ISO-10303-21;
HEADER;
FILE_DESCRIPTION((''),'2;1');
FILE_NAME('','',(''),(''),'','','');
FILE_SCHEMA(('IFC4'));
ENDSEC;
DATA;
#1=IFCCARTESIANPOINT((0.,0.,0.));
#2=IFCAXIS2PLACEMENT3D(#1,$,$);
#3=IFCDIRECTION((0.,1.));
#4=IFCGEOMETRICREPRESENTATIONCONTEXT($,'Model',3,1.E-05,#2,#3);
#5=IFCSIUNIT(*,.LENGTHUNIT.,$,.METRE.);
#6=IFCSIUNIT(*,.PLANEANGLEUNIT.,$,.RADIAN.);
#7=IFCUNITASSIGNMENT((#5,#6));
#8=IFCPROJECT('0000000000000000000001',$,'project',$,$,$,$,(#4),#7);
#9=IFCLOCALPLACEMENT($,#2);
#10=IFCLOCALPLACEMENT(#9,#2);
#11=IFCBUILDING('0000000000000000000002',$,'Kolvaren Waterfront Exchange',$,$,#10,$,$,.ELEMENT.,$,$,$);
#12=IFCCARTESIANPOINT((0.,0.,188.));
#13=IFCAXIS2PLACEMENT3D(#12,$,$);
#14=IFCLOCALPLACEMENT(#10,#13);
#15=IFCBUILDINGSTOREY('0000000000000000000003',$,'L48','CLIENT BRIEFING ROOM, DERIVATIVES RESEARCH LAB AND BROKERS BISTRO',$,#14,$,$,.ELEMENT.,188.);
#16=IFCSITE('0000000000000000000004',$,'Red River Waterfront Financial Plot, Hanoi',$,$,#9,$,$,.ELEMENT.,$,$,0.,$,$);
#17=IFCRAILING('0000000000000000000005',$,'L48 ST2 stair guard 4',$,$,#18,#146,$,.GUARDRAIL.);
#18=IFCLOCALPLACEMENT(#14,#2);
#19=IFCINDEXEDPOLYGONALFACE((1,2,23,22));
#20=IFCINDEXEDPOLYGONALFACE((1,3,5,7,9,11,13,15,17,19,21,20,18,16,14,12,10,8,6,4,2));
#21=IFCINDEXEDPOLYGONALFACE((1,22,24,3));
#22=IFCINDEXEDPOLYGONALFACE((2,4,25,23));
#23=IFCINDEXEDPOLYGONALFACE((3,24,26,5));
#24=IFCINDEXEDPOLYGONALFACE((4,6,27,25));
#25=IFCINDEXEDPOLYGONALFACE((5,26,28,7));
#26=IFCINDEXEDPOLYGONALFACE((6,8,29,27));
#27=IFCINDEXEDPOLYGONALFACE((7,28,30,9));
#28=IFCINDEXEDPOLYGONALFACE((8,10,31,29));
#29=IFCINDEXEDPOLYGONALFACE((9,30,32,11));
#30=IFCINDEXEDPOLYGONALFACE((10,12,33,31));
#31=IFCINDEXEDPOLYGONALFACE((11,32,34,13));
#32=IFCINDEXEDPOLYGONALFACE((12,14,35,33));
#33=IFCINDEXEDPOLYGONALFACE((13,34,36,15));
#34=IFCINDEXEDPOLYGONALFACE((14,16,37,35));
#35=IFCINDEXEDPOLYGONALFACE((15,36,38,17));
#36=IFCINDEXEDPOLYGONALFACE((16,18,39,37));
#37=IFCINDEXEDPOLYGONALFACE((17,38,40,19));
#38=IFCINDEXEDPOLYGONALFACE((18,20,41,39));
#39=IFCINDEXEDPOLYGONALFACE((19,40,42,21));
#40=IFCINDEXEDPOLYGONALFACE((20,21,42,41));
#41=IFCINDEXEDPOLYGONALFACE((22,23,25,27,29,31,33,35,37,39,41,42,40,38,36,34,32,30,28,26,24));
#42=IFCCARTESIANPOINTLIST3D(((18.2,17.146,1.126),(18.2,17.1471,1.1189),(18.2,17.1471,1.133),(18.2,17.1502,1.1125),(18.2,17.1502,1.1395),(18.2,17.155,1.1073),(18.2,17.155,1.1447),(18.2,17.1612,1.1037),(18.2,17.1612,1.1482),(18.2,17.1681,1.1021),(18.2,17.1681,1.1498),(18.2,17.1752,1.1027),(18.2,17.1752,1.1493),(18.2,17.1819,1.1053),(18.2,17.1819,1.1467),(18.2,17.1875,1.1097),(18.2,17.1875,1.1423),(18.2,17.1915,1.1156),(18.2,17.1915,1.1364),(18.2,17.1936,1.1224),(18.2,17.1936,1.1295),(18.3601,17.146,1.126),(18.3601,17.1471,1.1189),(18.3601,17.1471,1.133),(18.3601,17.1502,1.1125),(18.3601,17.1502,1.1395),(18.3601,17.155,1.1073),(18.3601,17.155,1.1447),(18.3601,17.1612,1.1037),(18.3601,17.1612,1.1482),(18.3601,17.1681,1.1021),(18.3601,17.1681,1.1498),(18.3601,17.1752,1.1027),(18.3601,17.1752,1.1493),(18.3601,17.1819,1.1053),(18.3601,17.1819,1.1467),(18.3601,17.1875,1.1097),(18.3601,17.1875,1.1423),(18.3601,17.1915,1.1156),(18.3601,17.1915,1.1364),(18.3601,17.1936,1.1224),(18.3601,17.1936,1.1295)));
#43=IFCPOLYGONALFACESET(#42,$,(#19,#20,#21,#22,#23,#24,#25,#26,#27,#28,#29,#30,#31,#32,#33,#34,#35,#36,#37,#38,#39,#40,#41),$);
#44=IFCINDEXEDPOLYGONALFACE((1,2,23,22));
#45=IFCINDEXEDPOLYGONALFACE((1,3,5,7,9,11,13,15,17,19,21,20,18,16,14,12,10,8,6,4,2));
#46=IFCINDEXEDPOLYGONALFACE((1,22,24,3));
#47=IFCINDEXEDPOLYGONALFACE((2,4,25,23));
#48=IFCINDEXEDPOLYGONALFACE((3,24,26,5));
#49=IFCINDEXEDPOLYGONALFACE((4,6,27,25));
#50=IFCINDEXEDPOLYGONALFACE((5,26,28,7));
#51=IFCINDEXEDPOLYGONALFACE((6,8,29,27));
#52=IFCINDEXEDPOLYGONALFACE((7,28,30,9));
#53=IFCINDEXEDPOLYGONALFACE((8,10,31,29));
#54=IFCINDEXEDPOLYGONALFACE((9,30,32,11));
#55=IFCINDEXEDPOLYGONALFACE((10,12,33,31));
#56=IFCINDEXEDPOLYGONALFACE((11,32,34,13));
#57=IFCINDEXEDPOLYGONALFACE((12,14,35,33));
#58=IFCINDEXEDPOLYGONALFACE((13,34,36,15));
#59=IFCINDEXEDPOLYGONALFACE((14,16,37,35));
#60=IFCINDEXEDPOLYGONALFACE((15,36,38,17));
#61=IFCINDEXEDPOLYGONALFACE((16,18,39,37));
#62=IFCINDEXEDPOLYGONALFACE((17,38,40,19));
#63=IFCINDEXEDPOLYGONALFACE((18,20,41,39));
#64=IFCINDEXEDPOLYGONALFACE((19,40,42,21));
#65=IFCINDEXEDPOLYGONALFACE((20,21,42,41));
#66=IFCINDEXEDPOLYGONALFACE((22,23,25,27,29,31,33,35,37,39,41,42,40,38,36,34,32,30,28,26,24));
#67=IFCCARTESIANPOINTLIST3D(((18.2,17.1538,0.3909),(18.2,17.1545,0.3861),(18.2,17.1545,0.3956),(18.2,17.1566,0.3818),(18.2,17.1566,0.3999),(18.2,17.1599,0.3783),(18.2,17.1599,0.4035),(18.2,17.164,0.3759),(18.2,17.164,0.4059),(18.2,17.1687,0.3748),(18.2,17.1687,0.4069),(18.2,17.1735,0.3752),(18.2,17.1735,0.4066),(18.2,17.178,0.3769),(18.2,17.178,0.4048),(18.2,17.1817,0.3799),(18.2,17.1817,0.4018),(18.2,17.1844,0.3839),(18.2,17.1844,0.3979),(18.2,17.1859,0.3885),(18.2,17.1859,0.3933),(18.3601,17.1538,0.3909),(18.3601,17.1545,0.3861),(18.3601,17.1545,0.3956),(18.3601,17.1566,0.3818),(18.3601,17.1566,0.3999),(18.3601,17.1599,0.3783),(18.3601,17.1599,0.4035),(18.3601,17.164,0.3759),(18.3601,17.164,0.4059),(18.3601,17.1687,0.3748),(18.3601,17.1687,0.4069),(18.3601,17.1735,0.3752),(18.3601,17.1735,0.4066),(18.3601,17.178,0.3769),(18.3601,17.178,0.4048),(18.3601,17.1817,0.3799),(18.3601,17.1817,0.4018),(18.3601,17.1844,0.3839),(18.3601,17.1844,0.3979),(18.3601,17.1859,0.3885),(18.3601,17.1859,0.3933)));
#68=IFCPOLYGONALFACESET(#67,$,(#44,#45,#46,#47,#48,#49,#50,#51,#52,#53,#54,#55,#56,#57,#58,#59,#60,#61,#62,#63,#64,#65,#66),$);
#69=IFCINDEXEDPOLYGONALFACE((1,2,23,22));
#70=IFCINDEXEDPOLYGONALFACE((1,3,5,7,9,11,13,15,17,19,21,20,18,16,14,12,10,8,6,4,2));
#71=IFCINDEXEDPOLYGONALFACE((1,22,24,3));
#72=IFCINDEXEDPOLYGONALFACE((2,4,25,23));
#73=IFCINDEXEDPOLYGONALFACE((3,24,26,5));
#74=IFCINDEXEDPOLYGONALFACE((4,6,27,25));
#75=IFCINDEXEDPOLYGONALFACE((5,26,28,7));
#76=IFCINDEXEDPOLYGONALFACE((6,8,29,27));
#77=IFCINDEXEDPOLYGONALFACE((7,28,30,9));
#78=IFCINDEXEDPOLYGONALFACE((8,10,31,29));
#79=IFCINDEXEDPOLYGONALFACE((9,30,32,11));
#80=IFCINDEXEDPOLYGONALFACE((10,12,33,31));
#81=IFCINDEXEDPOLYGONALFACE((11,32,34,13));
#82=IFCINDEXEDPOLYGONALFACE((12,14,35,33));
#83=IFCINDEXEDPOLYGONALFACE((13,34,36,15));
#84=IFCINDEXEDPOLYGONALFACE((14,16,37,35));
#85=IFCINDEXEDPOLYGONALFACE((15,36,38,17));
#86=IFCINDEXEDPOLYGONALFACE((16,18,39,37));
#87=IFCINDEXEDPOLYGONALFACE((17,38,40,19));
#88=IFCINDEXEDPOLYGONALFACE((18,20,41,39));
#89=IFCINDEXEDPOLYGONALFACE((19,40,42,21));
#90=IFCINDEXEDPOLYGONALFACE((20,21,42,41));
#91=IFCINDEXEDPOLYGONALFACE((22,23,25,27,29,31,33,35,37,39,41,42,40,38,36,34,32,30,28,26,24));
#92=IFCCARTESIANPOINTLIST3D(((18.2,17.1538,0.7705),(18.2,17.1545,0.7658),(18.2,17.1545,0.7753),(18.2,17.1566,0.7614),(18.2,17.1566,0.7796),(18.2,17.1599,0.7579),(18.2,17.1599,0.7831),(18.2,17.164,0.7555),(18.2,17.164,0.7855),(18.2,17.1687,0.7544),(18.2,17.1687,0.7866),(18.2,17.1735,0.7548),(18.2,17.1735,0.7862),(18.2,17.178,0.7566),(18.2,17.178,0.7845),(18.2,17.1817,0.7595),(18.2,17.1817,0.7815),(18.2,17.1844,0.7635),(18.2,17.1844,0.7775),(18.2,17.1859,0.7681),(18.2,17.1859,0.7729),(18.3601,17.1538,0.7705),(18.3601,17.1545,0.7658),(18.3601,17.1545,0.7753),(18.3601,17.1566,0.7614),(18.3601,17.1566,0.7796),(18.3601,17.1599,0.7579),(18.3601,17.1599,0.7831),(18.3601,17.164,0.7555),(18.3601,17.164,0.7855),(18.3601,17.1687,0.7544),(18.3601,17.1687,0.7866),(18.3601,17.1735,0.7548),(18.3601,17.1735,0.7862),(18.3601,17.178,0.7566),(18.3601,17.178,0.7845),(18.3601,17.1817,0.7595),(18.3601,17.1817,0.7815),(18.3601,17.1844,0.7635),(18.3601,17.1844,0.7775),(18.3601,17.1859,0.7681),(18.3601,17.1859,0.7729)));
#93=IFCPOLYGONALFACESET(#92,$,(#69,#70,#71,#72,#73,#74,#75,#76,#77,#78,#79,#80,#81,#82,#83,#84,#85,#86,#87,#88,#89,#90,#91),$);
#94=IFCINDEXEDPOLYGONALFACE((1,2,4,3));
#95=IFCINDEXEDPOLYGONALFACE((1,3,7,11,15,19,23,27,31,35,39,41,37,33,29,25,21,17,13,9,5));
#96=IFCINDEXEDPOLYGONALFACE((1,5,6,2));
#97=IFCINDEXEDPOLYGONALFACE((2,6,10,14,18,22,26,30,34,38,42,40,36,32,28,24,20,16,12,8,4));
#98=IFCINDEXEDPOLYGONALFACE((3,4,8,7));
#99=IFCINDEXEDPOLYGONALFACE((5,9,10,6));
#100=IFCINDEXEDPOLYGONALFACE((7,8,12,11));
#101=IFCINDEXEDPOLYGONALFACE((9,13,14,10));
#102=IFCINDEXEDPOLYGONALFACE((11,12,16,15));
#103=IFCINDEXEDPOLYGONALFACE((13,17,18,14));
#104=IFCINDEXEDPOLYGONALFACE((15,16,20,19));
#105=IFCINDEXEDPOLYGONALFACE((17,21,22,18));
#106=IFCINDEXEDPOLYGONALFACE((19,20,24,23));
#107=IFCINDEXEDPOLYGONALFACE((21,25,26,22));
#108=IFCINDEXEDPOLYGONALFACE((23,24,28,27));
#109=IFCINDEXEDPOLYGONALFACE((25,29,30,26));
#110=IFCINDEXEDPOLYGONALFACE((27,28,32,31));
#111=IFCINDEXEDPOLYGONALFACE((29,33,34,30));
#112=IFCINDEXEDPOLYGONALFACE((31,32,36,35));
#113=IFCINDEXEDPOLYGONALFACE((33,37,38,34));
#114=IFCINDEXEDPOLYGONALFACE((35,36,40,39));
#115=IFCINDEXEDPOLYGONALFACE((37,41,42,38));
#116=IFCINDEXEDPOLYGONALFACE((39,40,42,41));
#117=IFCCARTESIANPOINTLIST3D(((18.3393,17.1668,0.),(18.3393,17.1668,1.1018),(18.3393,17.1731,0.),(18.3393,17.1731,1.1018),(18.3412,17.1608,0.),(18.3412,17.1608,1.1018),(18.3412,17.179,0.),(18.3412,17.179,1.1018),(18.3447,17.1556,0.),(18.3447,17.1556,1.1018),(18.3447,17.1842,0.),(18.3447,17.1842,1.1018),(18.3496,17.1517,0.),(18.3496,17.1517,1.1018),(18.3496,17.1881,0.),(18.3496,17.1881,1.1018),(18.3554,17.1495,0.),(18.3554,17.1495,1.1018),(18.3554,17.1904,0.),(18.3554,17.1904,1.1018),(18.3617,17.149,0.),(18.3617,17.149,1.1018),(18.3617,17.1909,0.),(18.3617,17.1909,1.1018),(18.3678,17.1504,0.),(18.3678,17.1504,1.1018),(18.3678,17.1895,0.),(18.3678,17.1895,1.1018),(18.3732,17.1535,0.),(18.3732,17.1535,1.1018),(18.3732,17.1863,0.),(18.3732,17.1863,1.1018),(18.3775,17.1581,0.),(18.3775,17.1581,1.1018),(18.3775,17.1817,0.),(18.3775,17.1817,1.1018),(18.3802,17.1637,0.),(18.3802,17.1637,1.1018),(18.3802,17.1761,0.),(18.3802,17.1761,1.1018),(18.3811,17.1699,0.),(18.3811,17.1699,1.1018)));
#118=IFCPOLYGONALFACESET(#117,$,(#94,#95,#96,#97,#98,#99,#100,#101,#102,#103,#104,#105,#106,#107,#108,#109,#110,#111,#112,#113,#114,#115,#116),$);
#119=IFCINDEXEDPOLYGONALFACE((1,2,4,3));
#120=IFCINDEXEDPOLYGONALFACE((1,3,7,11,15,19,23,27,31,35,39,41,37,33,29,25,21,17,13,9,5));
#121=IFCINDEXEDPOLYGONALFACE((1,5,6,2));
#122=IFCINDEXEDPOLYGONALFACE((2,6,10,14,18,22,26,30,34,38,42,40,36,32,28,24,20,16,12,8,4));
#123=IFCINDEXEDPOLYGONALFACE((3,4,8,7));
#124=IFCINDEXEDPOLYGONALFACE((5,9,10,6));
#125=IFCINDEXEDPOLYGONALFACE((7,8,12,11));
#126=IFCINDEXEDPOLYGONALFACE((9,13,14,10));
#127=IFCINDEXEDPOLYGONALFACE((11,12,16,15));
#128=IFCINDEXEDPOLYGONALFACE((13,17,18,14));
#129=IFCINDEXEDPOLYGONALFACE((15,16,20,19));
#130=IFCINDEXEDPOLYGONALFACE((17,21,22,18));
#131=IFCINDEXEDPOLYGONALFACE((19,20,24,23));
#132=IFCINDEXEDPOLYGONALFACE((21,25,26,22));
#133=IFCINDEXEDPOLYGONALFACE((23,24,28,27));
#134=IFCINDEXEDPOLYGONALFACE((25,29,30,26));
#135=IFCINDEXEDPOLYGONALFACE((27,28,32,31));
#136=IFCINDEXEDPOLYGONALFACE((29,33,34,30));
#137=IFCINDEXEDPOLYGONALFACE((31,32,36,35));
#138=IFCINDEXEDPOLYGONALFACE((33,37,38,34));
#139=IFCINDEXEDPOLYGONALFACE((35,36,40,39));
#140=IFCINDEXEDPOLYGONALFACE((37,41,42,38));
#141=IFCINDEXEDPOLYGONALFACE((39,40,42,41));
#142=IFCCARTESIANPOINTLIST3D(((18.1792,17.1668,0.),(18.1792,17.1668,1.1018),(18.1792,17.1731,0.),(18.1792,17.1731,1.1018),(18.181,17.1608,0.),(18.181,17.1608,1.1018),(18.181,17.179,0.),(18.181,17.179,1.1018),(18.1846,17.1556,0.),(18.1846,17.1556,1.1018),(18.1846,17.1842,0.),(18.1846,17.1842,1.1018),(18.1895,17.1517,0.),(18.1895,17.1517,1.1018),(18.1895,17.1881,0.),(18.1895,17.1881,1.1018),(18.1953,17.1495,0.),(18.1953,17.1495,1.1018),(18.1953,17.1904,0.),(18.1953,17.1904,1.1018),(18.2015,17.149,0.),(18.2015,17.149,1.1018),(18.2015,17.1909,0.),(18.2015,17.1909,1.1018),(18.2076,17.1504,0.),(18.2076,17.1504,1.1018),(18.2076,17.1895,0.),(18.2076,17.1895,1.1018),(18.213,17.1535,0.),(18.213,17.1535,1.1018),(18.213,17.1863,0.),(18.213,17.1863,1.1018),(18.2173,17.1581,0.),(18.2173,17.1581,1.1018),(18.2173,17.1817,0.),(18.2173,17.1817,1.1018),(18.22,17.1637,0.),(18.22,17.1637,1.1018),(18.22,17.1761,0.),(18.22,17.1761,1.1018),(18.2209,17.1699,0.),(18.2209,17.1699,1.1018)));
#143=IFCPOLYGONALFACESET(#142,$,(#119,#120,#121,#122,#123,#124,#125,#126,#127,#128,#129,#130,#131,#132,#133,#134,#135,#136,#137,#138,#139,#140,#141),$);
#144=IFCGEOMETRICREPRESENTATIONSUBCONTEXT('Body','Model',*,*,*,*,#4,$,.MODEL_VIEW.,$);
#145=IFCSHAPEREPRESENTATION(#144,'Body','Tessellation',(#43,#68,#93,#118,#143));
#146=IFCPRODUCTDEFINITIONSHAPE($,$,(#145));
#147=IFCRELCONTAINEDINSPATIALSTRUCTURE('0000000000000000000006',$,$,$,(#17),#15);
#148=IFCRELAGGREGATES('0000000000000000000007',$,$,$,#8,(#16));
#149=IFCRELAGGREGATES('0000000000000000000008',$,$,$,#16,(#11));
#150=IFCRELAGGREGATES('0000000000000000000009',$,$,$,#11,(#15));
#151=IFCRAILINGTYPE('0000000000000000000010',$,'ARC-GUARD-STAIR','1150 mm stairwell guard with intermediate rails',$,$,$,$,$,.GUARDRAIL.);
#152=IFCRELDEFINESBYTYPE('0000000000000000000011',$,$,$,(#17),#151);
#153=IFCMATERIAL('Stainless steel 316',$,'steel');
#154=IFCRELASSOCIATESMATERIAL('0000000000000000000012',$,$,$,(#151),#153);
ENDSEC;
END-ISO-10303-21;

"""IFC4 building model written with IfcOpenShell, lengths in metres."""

from ifc_helpers import new_model, si_unit, direction, frame, origin, origin_2d, place, context, subcontext, project, spatial, circle, extrude, material, type_object, element, save


model = new_model("IFC4")

# Units and contexts
model_context = context("Model", 3, precision=1e-05, world=origin(), true_north=direction((0.0, 1.0)))
body_context = subcontext(model_context, "Body", "Model", "MODEL_VIEW")
ifc_project = project(units=[si_unit("LENGTHUNIT", "METRE"), si_unit("PLANEANGLEUNIT", "RADIAN")], contexts=[model_context])

# Site, building, storey
site_placement = place(None, origin())
site = spatial("IfcSite", under=ifc_project, at=site_placement, Name="Red River Waterfront Financial Plot, Hanoi", CompositionType="ELEMENT", RefElevation=0.0)
building_placement = place(site_placement, origin())
building = spatial("IfcBuilding", under=site, at=building_placement, Name="Kolvaren Waterfront Exchange", CompositionType="ELEMENT")
storey_placement = place(building_placement, frame((0.0, 0.0, 188.0)))
storey = spatial("IfcBuildingStorey", under=building, at=storey_placement, Name="L48", Description="CLIENT BRIEFING ROOM, DERIVATIVES RESEARCH LAB AND BROKERS BISTRO", CompositionType="ELEMENT", Elevation=188.0)

# Railing
ifc_material_1 = material(Name="Stainless steel 316", Category="steel")
railing_type_1 = type_object("IfcRailingType", Name="ARC-GUARD-STAIR", Description="1150 mm stairwell guard with intermediate rails", PredefinedType="GUARDRAIL", material=ifc_material_1)
railing_1_placement = place(storey_placement, frame((18.3601, 17.1699, 0.0)))
element("IfcRailing", 1, at=railing_1_placement, inside=storey, type_object=railing_type_1, Name="L48 ST2 stair guard 4", PredefinedType="GUARDRAIL", context=body_context, shape_type="SweptSolid", body=[
    extrude(circle(Radius=0.0239, at=origin_2d()), frame((0.0, 0.0, 1.126), z_axis=(-1.0, 0.0, 0.0), x_axis=(0.0, -1.0, 0.0)), (0.0, 0.0, 1.0), 0.1602),
    extrude(circle(Radius=0.0161, at=origin_2d()), frame((0.0, 0.0, 0.3909), z_axis=(-1.0, 0.0, 0.0), x_axis=(0.0, -1.0, 0.0)), (0.0, 0.0, 1.0), 0.1602),
    extrude(circle(Radius=0.0161, at=origin_2d()), frame((0.0, 0.0, 0.7705), z_axis=(-1.0, 0.0, 0.0), x_axis=(0.0, -1.0, 0.0)), (0.0, 0.0, 1.0), 0.1602),
    extrude(circle(Radius=0.021, at=origin_2d()), origin(), (0.0, 0.0, 1.0), 1.1018),
    extrude(circle(Radius=0.021, at=origin_2d()), frame((-0.1602, 0.0, 0.0)), (0.0, 0.0, 1.0), 1.1018),
])

save(model, "model.ifc")
